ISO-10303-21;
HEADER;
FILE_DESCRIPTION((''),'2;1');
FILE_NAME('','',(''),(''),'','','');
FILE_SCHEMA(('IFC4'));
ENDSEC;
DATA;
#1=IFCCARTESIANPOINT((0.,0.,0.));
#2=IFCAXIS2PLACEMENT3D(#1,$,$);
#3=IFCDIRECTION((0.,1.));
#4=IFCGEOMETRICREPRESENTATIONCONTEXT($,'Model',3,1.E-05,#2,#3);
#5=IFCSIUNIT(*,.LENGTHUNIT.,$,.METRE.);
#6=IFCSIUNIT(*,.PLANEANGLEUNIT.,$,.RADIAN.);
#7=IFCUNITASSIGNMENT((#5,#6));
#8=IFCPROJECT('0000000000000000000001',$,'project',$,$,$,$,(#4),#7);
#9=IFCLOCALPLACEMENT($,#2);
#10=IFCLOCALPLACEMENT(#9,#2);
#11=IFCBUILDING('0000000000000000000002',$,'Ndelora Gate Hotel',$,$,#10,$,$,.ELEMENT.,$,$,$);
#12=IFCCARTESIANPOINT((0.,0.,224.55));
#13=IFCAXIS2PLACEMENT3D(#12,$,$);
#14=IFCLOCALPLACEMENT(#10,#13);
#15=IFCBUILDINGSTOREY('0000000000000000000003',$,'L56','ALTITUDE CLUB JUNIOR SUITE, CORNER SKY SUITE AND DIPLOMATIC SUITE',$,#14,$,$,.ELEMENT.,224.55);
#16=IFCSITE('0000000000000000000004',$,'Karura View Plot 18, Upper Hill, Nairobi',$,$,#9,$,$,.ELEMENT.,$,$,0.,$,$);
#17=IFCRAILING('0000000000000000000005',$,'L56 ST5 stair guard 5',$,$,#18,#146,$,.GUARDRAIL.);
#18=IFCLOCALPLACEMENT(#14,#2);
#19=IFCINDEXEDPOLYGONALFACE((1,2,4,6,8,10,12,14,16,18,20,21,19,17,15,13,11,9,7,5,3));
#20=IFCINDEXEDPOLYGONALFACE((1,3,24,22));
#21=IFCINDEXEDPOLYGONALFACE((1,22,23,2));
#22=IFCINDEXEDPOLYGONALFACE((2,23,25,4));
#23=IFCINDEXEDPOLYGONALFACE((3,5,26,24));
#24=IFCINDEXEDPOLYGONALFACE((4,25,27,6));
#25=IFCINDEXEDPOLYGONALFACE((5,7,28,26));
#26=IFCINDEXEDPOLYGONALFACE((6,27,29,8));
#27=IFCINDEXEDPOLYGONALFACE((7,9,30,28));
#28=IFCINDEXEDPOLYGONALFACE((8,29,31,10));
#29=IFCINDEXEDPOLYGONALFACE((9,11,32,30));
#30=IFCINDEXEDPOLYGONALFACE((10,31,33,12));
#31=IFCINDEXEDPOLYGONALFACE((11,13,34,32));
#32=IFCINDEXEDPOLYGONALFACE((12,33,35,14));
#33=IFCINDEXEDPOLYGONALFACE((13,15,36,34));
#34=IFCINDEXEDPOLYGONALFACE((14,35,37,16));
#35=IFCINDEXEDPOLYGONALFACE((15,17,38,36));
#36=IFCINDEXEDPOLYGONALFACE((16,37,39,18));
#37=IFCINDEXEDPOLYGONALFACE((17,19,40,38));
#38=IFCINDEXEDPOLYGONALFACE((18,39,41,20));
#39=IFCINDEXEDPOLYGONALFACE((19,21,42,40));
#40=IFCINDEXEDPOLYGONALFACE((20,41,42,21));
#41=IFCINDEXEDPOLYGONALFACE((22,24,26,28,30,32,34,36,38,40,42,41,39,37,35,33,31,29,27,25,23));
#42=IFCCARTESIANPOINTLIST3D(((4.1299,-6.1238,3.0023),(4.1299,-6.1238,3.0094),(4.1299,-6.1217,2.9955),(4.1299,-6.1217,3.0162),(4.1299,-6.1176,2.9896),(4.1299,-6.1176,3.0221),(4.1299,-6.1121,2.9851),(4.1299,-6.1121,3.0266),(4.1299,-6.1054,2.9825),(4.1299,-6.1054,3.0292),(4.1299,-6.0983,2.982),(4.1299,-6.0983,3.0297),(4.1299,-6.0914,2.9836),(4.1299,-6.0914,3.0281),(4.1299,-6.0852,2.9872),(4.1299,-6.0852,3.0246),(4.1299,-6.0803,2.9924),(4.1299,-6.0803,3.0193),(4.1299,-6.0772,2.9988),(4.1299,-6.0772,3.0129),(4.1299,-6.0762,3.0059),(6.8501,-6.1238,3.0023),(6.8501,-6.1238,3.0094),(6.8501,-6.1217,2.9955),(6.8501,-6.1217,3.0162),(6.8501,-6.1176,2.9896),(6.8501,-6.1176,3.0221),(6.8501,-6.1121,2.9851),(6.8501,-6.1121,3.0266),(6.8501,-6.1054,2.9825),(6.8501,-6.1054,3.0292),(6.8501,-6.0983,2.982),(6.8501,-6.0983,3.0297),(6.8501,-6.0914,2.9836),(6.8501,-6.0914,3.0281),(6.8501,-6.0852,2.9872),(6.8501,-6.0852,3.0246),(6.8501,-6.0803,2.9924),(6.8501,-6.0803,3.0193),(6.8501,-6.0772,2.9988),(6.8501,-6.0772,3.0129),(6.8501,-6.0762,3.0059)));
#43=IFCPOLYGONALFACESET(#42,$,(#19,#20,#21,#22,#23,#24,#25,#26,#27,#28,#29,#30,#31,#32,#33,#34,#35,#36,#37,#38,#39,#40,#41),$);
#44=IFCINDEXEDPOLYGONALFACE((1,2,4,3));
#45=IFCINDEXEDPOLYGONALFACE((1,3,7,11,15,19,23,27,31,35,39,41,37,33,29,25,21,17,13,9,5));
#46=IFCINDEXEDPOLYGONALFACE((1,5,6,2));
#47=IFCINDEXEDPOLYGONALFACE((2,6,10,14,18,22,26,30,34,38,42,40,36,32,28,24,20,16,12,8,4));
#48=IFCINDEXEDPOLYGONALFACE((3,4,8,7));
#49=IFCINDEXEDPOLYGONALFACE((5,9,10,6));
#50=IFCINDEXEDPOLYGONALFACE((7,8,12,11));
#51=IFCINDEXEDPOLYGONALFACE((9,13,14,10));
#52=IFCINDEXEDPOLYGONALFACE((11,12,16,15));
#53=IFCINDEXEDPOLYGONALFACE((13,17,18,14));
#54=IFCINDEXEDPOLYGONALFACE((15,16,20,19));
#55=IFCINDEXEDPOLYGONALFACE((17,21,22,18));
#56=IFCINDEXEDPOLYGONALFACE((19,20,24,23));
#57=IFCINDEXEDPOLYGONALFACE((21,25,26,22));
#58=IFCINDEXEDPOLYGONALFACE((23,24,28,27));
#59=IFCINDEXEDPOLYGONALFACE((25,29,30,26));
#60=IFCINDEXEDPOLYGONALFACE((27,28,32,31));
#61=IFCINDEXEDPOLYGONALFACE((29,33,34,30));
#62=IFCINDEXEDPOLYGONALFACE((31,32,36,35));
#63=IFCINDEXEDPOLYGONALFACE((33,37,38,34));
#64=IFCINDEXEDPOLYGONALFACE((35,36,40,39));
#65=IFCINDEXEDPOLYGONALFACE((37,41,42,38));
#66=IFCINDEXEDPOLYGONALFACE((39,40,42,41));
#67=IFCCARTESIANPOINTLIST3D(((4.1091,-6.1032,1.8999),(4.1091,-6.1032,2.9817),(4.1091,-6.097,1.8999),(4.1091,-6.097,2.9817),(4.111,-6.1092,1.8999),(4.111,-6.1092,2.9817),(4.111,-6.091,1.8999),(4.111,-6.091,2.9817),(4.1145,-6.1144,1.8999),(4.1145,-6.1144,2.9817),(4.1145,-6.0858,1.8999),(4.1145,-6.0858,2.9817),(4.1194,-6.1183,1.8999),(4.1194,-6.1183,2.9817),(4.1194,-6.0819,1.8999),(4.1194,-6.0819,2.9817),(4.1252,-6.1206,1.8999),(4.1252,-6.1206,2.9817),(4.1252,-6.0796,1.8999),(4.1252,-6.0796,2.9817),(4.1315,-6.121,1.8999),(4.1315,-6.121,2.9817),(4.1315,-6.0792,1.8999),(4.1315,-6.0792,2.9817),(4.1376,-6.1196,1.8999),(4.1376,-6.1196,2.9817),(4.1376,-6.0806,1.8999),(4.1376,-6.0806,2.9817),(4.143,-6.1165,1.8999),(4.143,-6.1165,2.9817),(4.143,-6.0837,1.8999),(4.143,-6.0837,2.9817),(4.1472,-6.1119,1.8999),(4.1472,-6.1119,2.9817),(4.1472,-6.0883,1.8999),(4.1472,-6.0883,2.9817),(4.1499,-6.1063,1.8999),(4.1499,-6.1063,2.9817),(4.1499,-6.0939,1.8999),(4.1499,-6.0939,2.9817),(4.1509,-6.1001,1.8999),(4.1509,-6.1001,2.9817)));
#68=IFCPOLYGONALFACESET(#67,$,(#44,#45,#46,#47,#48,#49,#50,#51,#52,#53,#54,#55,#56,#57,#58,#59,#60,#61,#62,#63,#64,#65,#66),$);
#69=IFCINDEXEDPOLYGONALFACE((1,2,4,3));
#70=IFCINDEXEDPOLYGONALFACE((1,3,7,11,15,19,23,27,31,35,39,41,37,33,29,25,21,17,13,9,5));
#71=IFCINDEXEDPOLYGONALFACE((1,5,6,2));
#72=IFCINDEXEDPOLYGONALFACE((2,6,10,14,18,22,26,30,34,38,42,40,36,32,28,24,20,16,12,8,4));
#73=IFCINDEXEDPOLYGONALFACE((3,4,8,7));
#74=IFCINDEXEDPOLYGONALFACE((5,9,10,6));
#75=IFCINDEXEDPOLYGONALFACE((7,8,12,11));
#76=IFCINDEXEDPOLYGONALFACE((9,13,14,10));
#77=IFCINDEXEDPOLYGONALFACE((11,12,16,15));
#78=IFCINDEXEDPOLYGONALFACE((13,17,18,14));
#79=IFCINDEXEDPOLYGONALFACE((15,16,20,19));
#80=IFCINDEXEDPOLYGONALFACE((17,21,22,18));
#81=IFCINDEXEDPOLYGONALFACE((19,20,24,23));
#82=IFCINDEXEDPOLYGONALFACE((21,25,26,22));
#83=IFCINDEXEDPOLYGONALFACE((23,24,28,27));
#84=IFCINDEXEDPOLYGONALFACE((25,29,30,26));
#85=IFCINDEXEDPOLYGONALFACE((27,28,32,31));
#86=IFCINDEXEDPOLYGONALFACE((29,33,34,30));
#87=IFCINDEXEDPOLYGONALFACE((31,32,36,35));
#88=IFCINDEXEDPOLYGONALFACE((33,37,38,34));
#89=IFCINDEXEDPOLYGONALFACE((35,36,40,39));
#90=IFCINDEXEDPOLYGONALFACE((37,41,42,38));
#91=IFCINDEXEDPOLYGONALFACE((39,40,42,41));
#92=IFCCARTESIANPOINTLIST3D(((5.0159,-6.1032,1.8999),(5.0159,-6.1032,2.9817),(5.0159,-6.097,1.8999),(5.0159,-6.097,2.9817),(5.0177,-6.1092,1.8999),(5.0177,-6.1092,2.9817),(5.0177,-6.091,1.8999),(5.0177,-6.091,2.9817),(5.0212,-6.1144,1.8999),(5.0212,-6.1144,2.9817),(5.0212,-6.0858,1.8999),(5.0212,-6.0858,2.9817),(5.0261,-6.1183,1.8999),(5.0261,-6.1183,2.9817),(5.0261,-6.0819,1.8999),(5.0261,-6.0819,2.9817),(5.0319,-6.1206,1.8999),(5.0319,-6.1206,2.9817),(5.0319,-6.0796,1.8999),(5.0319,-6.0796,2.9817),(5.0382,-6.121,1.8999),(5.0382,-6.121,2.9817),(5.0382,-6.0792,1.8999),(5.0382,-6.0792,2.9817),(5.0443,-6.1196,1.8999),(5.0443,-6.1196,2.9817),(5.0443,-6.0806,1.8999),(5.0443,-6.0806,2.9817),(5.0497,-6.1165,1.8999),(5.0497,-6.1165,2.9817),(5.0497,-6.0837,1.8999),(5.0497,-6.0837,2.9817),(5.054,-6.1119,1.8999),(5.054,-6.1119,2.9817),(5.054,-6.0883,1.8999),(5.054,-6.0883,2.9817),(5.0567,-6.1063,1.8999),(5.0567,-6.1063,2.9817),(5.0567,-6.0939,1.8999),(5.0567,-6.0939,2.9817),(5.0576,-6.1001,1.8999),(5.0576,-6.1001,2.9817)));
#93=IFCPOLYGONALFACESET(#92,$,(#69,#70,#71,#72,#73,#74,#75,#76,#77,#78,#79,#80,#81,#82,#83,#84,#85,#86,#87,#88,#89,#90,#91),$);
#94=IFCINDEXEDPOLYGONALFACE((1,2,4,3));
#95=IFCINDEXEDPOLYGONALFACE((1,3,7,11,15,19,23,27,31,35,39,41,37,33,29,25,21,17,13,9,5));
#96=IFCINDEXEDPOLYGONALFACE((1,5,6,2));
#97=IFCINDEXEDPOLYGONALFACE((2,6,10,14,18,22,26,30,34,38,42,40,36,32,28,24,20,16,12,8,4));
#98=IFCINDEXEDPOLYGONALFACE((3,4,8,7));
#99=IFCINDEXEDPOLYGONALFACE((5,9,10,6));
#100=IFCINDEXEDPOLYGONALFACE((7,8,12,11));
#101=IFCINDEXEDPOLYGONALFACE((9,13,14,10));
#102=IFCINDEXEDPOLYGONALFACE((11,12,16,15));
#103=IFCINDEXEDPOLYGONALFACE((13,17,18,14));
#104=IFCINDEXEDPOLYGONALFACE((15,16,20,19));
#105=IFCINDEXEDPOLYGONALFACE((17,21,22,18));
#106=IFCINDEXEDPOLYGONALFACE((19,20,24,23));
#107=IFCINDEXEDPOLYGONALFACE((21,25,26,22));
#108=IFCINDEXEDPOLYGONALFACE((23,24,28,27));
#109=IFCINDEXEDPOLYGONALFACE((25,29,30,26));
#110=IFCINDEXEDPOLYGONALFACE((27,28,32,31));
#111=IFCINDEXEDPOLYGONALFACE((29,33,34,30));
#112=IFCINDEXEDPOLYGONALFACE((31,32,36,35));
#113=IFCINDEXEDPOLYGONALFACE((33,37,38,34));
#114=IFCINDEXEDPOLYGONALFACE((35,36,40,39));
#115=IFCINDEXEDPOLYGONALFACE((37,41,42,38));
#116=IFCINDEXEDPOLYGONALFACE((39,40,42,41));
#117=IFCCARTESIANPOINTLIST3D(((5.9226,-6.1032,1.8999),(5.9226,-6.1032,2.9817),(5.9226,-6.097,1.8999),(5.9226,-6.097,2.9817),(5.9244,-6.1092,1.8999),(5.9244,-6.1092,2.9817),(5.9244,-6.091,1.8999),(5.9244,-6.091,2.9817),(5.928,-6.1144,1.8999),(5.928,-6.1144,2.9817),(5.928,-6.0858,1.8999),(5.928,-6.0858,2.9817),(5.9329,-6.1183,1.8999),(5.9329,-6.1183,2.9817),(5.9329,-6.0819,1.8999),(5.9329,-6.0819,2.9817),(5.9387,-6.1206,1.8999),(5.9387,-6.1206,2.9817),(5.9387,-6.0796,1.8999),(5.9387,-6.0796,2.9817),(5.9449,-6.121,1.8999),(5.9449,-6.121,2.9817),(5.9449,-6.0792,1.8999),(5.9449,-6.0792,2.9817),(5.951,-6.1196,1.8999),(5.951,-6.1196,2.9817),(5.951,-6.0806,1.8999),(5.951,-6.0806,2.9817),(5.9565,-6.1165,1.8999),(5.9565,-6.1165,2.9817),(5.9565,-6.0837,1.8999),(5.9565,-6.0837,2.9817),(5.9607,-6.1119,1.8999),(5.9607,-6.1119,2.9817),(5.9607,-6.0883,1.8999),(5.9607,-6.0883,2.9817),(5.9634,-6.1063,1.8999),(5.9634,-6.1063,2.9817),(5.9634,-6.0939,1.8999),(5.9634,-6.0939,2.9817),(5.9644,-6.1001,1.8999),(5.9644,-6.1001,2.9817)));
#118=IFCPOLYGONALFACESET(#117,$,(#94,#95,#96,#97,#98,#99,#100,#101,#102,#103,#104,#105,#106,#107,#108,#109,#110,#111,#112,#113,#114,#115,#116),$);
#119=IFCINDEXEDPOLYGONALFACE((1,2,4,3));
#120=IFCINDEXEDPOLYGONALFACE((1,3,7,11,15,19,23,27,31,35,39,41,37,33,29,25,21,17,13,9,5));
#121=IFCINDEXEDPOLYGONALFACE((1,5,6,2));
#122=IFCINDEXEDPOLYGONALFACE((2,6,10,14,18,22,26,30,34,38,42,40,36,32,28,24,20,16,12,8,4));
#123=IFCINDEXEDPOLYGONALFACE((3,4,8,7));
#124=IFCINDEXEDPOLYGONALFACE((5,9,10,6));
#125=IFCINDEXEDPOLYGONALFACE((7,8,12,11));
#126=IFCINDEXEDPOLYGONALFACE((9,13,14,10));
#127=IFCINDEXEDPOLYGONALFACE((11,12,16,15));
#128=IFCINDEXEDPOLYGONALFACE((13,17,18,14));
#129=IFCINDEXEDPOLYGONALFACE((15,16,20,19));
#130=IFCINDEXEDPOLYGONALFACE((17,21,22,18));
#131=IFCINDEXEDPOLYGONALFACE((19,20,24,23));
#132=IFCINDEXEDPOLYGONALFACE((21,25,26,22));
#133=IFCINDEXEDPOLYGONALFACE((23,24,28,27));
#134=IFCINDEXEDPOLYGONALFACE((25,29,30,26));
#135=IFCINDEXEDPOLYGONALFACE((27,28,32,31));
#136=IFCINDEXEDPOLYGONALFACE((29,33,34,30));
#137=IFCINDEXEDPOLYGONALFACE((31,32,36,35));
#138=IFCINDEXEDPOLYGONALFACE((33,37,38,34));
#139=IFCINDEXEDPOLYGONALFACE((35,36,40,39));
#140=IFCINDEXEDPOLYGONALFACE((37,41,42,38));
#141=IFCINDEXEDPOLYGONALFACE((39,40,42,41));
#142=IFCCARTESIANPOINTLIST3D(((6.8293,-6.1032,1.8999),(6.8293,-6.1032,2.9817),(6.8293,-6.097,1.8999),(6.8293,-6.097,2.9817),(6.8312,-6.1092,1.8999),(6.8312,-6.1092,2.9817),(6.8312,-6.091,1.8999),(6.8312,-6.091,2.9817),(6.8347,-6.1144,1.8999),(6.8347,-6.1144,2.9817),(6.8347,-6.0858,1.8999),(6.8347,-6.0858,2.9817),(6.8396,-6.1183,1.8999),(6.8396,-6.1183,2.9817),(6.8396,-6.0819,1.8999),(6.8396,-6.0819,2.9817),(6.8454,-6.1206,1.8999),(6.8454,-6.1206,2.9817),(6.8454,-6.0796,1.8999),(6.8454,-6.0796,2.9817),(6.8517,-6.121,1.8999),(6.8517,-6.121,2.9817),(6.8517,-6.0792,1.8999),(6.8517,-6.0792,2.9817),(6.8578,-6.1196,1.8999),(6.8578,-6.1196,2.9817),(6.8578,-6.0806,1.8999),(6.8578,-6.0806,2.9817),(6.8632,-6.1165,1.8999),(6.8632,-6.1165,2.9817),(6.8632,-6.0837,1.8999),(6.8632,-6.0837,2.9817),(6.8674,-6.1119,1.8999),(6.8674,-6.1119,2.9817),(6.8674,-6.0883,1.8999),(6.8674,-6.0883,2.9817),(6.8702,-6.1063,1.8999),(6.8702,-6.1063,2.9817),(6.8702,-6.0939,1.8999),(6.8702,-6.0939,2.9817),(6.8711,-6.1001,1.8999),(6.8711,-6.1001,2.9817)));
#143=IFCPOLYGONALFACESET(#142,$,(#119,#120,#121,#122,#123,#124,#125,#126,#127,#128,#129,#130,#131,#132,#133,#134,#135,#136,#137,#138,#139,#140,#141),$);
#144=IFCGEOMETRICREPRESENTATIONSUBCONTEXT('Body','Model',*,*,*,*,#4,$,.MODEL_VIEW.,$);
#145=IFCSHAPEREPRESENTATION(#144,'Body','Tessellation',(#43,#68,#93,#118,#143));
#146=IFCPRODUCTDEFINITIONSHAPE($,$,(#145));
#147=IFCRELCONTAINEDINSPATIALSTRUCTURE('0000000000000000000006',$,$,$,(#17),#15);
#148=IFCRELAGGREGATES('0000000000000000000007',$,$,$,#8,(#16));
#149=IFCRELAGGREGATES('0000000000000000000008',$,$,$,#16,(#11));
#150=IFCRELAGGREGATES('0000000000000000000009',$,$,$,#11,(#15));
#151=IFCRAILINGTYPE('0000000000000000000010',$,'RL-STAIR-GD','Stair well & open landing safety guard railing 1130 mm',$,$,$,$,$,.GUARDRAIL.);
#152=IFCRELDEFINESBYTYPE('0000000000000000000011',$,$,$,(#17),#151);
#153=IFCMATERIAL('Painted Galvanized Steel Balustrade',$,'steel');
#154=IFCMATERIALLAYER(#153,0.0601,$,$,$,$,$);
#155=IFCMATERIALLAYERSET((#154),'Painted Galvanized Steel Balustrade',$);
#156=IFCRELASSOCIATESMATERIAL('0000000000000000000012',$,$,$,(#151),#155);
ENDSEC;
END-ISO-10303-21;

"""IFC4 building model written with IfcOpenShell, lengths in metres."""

from ifc_helpers import new_model, si_unit, direction, frame, origin, origin_2d, place, context, subcontext, project, spatial, circle, extrude, material, layer, layer_set, type_object, element, save


model = new_model("IFC4")

# Units and contexts
model_context = context("Model", 3, precision=1e-05, world=origin(), true_north=direction((0.0, 1.0)))
body_context = subcontext(model_context, "Body", "Model", "MODEL_VIEW")
ifc_project = project(units=[si_unit("LENGTHUNIT", "METRE"), si_unit("PLANEANGLEUNIT", "RADIAN")], contexts=[model_context])

# Site, building, storey
site_placement = place(None, origin())
site = spatial("IfcSite", under=ifc_project, at=site_placement, Name="Karura View Plot 18, Upper Hill, Nairobi", CompositionType="ELEMENT", RefElevation=0.0)
building_placement = place(site_placement, origin())
building = spatial("IfcBuilding", under=site, at=building_placement, Name="Ndelora Gate Hotel", CompositionType="ELEMENT")
storey_placement = place(building_placement, frame((0.0, 0.0, 224.55)))
storey = spatial("IfcBuildingStorey", under=building, at=storey_placement, Name="L56", Description="ALTITUDE CLUB JUNIOR SUITE, CORNER SKY SUITE AND DIPLOMATIC SUITE", CompositionType="ELEMENT", Elevation=224.55)

# Railing
ifc_material_1 = material(Name="Painted Galvanized Steel Balustrade", Category="steel")
ifc_layer_1 = layer(ifc_material_1, 0.0601)
ifc_layer_set_1 = layer_set([ifc_layer_1], Name="Painted Galvanized Steel Balustrade")
railing_type_1 = type_object("IfcRailingType", Name="RL-STAIR-GD", Description="Stair well & open landing safety guard railing 1130 mm", PredefinedType="GUARDRAIL", material=ifc_layer_set_1)
railing_1_placement = place(storey_placement, frame((4.1299, -6.1001, 1.8999)))
element("IfcRailing", 1, at=railing_1_placement, inside=storey, type_object=railing_type_1, Name="L56 ST5 stair guard 5", PredefinedType="GUARDRAIL", context=body_context, shape_type="SweptSolid", body=[
    extrude(circle(Radius=0.0239, at=origin_2d()), frame((0.0, 0.0, 1.106), z_axis=(1.0, 0.0, 0.0), x_axis=(0.0, 1.0, 0.0)), (0.0, 0.0, 1.0), 2.7202),
    extrude(circle(Radius=0.021, at=origin_2d()), origin(), (0.0, 0.0, 1.0), 1.0818),
    extrude(circle(Radius=0.021, at=origin_2d()), frame((0.9067, 0.0, 0.0)), (0.0, 0.0, 1.0), 1.0818),
    extrude(circle(Radius=0.021, at=origin_2d()), frame((1.8135, 0.0, 0.0)), (0.0, 0.0, 1.0), 1.0818),
    extrude(circle(Radius=0.021, at=origin_2d()), frame((2.7202, 0.0, 0.0)), (0.0, 0.0, 1.0), 1.0818),
])

save(model, "model.ifc")
